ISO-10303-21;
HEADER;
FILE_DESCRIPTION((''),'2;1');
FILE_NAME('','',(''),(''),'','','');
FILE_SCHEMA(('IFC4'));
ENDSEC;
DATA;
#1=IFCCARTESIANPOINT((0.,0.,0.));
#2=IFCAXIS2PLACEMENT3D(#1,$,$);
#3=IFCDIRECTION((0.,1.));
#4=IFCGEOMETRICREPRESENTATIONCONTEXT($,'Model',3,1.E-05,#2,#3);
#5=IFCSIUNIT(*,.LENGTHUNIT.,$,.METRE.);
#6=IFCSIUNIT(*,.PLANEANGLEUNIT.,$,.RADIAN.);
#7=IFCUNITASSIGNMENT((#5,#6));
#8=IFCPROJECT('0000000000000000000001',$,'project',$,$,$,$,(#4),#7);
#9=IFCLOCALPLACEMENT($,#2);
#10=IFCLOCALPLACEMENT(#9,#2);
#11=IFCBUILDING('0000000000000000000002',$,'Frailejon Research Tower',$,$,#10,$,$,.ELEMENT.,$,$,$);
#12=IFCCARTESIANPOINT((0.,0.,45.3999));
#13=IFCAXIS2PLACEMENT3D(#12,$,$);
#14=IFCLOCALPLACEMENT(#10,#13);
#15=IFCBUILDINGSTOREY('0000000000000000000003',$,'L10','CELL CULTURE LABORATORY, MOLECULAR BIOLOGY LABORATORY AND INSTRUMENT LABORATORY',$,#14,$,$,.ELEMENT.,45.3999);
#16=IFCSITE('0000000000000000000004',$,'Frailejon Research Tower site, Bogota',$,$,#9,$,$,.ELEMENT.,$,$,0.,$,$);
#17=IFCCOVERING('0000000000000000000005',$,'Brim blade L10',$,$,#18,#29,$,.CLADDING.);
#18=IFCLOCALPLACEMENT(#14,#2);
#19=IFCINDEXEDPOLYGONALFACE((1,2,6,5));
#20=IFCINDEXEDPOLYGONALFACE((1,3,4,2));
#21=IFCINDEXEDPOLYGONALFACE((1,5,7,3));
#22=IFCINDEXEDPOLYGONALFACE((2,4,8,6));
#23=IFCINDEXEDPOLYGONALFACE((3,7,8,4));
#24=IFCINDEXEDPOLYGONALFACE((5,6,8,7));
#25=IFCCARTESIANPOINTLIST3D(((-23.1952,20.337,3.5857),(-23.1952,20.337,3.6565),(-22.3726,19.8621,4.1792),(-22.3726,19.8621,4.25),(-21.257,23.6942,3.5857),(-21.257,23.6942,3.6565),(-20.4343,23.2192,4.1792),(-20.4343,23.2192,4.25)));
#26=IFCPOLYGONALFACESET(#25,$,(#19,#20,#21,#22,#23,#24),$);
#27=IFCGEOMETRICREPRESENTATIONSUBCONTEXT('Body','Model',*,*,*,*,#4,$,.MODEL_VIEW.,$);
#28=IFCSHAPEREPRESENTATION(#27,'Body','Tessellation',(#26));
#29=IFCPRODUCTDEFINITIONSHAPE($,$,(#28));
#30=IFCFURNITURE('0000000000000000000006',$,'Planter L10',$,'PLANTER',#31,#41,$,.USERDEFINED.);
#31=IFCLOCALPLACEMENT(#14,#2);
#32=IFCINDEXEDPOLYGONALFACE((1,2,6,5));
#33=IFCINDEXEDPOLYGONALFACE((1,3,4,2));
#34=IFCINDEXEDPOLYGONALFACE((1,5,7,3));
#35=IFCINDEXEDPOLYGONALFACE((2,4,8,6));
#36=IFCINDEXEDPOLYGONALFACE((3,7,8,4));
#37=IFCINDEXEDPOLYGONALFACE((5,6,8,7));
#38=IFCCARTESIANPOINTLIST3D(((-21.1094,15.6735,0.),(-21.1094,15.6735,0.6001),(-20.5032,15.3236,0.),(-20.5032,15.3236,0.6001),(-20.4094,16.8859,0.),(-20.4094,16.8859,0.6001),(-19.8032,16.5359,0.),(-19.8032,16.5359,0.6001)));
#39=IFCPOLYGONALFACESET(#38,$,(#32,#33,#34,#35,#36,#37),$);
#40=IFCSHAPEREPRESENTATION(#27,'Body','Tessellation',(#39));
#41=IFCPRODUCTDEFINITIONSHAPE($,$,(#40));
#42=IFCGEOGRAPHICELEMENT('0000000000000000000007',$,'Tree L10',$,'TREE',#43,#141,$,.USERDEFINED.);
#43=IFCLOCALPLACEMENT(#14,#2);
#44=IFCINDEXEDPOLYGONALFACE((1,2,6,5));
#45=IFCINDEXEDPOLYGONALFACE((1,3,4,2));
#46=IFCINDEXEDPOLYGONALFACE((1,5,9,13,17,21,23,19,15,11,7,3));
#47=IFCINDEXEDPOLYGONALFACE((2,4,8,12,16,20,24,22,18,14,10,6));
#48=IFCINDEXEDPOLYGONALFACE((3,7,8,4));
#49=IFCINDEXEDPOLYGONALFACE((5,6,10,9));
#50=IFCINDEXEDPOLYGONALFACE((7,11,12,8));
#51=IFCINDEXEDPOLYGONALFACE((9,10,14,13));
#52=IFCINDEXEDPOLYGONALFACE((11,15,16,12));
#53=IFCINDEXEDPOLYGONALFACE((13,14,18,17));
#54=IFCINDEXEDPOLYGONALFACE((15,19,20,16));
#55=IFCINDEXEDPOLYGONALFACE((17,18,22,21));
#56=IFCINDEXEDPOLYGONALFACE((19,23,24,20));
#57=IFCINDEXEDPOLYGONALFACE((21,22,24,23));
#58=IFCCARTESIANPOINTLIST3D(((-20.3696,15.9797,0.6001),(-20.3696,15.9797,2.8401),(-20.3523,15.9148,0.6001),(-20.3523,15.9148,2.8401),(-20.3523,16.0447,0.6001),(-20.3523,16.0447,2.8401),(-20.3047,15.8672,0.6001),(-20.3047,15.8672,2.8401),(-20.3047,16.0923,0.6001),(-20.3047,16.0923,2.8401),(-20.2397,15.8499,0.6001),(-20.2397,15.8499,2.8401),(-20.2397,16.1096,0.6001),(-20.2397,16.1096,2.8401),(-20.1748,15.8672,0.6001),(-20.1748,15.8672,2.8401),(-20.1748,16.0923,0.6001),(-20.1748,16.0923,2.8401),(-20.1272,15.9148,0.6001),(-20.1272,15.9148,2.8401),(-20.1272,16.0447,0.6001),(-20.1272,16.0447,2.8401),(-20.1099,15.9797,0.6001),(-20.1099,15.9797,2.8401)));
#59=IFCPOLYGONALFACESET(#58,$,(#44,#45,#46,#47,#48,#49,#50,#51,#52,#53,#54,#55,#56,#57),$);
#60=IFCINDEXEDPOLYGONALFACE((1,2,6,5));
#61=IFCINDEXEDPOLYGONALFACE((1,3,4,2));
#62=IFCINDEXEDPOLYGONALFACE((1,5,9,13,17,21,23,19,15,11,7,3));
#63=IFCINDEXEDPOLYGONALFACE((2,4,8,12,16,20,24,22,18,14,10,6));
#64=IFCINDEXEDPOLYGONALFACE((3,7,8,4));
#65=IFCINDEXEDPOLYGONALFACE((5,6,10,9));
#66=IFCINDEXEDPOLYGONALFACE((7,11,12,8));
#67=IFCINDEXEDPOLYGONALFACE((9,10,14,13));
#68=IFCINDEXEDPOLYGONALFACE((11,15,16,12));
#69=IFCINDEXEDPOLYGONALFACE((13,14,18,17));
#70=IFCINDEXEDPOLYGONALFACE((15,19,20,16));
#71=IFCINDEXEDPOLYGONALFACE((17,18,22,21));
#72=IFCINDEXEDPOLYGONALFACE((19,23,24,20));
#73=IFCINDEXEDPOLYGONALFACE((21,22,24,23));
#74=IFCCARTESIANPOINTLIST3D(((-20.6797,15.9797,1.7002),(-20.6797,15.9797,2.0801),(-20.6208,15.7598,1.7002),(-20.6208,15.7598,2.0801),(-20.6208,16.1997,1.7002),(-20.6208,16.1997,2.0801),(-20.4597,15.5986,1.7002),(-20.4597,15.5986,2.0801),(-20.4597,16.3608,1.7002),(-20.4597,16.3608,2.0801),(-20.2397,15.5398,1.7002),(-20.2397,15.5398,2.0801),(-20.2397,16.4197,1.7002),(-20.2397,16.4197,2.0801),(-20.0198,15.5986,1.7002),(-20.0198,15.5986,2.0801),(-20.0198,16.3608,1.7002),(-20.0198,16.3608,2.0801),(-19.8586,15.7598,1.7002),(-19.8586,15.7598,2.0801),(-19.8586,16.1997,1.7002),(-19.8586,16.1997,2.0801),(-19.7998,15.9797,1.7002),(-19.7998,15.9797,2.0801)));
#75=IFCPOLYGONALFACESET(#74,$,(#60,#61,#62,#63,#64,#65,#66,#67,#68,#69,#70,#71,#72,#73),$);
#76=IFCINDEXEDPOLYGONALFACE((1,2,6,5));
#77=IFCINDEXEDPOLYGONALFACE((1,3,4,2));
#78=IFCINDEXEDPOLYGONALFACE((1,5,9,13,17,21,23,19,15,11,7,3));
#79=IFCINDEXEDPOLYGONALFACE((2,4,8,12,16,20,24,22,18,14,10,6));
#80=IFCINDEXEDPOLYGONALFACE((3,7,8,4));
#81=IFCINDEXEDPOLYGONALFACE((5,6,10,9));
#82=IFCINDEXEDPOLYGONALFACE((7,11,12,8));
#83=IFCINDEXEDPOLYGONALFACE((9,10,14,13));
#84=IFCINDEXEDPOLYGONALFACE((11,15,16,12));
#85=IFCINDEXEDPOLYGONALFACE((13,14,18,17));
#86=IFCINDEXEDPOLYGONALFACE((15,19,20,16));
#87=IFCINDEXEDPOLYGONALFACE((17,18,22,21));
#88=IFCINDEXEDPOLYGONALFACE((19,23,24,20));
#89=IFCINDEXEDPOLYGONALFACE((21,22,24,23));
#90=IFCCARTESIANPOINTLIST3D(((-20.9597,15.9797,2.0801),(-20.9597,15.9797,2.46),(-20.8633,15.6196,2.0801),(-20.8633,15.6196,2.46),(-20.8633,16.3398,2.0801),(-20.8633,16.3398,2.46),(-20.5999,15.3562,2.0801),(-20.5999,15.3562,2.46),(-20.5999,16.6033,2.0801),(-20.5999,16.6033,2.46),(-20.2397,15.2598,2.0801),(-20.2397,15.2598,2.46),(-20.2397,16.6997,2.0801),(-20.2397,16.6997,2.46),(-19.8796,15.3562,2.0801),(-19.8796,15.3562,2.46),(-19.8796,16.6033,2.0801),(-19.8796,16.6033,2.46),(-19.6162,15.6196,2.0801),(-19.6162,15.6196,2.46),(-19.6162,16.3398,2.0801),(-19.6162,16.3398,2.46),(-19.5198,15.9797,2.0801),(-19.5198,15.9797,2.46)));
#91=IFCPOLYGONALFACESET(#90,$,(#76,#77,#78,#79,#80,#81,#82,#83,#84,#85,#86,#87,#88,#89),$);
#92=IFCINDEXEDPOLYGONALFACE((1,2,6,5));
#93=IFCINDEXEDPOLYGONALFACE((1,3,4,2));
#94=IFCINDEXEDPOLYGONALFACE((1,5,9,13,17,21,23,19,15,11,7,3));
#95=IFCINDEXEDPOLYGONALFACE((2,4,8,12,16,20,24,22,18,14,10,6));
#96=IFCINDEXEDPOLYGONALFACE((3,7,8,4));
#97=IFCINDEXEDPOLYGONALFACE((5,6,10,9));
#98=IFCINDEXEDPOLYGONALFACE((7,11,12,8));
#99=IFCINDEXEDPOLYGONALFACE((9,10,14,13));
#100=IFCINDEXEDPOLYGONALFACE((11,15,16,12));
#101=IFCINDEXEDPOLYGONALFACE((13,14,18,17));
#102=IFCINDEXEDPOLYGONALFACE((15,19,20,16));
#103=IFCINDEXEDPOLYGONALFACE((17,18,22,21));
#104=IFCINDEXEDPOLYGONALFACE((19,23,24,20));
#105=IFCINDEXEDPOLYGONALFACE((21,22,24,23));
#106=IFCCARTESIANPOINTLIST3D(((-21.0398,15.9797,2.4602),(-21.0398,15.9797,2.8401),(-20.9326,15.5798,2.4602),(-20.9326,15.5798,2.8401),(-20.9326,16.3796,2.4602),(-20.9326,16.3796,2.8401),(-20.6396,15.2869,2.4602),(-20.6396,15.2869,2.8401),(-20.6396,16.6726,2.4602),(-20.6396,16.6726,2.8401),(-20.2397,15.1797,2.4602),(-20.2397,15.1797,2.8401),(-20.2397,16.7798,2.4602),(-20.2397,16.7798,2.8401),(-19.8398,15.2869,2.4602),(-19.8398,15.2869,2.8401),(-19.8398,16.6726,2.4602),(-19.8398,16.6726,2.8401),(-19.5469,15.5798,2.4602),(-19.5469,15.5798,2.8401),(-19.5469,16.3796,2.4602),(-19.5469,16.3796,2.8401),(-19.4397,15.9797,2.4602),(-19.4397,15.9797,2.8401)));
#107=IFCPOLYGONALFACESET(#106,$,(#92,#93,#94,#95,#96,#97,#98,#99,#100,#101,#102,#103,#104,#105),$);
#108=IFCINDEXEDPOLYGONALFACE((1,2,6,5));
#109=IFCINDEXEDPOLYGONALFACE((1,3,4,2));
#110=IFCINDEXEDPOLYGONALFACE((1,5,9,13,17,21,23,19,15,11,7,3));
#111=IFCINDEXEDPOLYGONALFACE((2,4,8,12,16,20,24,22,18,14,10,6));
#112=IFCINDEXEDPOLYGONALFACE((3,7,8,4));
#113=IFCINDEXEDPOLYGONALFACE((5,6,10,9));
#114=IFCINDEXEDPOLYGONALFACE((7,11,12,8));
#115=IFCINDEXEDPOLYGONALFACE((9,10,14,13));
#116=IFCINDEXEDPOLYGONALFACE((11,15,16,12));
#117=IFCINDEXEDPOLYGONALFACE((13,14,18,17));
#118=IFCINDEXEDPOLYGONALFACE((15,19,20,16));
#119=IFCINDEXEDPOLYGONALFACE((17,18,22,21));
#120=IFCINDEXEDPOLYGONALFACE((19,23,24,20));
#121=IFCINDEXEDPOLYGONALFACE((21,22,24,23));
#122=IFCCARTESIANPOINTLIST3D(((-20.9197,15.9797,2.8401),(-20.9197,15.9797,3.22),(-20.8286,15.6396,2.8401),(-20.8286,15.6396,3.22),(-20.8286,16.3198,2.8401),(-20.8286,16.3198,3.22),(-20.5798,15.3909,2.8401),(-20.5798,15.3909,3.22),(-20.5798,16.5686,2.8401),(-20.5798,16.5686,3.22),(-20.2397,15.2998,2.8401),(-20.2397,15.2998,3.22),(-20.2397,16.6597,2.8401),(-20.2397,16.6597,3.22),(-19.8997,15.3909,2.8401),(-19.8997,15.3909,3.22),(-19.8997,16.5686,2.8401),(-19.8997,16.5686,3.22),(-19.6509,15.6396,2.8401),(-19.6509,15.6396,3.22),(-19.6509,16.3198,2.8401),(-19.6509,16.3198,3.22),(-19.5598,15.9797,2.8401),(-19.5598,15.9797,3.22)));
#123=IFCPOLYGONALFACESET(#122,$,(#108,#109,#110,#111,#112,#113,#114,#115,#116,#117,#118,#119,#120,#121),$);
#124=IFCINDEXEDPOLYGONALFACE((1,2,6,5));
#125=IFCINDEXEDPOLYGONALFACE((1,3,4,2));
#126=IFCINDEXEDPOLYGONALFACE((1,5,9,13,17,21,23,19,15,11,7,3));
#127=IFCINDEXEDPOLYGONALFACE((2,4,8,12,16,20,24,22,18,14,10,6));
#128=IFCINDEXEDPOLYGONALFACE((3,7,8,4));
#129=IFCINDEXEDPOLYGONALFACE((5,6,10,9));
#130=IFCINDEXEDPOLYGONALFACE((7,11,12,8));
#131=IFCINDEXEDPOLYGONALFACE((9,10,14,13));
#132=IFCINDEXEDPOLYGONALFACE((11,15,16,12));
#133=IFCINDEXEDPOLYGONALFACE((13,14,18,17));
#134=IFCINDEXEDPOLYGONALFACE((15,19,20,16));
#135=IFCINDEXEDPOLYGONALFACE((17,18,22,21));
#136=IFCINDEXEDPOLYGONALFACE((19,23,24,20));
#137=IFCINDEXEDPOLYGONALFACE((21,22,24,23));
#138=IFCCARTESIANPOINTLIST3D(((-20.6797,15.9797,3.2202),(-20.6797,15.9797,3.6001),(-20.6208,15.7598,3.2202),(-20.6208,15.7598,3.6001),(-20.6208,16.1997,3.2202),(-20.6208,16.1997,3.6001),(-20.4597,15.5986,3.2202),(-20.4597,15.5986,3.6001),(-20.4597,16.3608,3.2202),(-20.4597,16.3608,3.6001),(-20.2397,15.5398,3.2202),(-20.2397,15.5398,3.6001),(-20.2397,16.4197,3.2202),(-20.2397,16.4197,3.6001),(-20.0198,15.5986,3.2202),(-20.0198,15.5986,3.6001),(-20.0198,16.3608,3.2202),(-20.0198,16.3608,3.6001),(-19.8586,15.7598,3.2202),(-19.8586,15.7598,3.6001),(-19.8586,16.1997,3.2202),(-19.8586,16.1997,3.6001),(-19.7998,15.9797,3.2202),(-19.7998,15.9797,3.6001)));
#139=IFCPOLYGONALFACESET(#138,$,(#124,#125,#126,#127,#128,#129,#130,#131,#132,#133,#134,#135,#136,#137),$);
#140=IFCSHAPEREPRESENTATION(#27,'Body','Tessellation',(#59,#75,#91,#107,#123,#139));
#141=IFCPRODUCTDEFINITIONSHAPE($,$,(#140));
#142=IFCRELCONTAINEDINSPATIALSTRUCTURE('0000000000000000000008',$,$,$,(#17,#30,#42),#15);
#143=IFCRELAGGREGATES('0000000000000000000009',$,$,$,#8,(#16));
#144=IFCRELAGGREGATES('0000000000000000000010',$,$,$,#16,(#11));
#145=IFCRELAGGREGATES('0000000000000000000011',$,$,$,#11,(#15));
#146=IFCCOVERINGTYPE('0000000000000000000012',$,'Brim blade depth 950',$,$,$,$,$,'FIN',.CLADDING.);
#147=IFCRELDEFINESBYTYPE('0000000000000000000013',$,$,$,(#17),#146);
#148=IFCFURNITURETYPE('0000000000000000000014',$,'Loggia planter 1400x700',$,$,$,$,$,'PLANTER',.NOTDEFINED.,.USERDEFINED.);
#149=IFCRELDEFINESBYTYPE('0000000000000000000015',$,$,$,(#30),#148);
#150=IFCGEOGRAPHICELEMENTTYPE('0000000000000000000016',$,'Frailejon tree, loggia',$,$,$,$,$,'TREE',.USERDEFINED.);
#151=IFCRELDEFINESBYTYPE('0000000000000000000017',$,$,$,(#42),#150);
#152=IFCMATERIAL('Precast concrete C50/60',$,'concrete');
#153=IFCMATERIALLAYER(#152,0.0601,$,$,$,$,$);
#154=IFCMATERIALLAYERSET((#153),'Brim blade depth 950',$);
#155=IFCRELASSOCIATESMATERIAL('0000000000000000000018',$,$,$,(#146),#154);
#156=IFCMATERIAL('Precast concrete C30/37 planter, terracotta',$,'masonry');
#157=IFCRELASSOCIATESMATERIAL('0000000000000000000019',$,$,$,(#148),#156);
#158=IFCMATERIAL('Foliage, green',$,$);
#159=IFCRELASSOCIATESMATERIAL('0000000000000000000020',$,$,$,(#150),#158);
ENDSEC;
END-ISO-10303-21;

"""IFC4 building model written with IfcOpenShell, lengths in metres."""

from ifc_helpers import new_model, si_unit, direction, frame, origin, origin_2d, place, context, subcontext, project, spatial, polyline, rectangle, outline, extrude, material, layer, layer_set, type_object, element, save


model = new_model("IFC4")

# Units and contexts
model_context = context("Model", 3, precision=1e-05, world=origin(), true_north=direction((0.0, 1.0)))
body_context = subcontext(model_context, "Body", "Model", "MODEL_VIEW")
ifc_project = project(units=[si_unit("LENGTHUNIT", "METRE"), si_unit("PLANEANGLEUNIT", "RADIAN")], contexts=[model_context])

# Site, building, storey
site_placement = place(None, origin())
site = spatial("IfcSite", under=ifc_project, at=site_placement, Name="Frailejon Research Tower site, Bogota", CompositionType="ELEMENT", RefElevation=0.0)
building_placement = place(site_placement, origin())
building = spatial("IfcBuilding", under=site, at=building_placement, Name="Frailejon Research Tower", CompositionType="ELEMENT")
storey_placement = place(building_placement, frame((0.0, 0.0, 45.3999)))
storey = spatial("IfcBuildingStorey", under=building, at=storey_placement, Name="L10", Description="CELL CULTURE LABORATORY, MOLECULAR BIOLOGY LABORATORY AND INSTRUMENT LABORATORY", CompositionType="ELEMENT", Elevation=45.3999)

# Covering
ifc_material_1 = material(Name="Precast concrete C50/60", Category="concrete")
ifc_layer_1 = layer(ifc_material_1, 0.0601)
ifc_layer_set_1 = layer_set([ifc_layer_1], Name="Brim blade depth 950")
covering_type_1 = type_object("IfcCoveringType", Name="Brim blade depth 950", ElementType="FIN", PredefinedType="CLADDING", material=ifc_layer_set_1)
covering_1_placement = place(storey_placement, frame((-22.3726, 19.8621, 4.25), z_axis=(0.499996, 0.866028, 0.0), x_axis=(-0.866028, 0.499996, 0.0)))
element("IfcCovering", 1, at=covering_1_placement, inside=storey, type_object=covering_type_1, Name="Brim blade L10", PredefinedType="CLADDING", context=body_context, shape_type="SweptSolid", body=[
    extrude(outline(polyline([(0.0, -0.0708), (0.95, -0.6643), (0.95, -0.5935), (0.0, 0.0), (0.0, -0.0708)])), origin(), (0.0, 0.0, 1.0), 3.8765),
])

# Furniture
ifc_material_2 = material(Name="Precast concrete C30/37 planter, terracotta", Category="masonry")
furniture_type = type_object("IfcFurnitureType", Name="Loggia planter 1400x700", ElementType="PLANTER", AssemblyPlace="NOTDEFINED", PredefinedType="USERDEFINED", material=ifc_material_2)
furniture_placement = place(storey_placement, frame((-20.4563, 16.1047, 0.0), z_axis=(0.0, 0.0, 1.0), x_axis=(-0.5, -0.866025, 0.0)))
element("IfcFurniture", 2, at=furniture_placement, inside=storey, type_object=furniture_type, Name="Planter L10", ObjectType="PLANTER", PredefinedType="USERDEFINED", context=body_context, shape_type="SweptSolid", body=[
    extrude(rectangle(XDim=1.3999, YDim=0.7, at=origin_2d()), origin(), (0.0, 0.0, 1.0), 0.6001),
])

# Geographic element
ifc_material_3 = material(Name="Foliage, green")
geographic_element_type = type_object("IfcGeographicElementType", Name="Frailejon tree, loggia", ElementType="TREE", PredefinedType="USERDEFINED", material=ifc_material_3)
geographic_element_placement = place(storey_placement, frame((-20.2397, 15.9797, 0.6001)))
element("IfcGeographicElement", 3, at=geographic_element_placement, inside=storey, type_object=geographic_element_type, Name="Tree L10", ObjectType="TREE", PredefinedType="USERDEFINED", context=body_context, shape_type="SweptSolid", body=[
    extrude(outline(polyline([(0.1299, 0.0), (0.1125, 0.0649), (0.0649, 0.1125), (0.0, 0.1299), (-0.0649, 0.1125), (-0.1125, 0.0649), (-0.1299, 0.0), (-0.1125, -0.0649), (-0.0649, -0.1125), (0.0, -0.1299), (0.0649, -0.1125), (0.1125, -0.0649), (0.1299, 0.0)])), origin(), (0.0, 0.0, 1.0), 2.24),
    extrude(outline(polyline([(0.4399, 0.0), (0.3811, 0.22), (0.22, 0.3811), (0.0, 0.4399), (-0.22, 0.3811), (-0.3811, 0.22), (-0.4399, 0.0), (-0.3811, -0.22), (-0.22, -0.3811), (0.0, -0.4399), (0.22, -0.3811), (0.3811, -0.22), (0.4399, 0.0)])), frame((0.0, 0.0, 1.1001)), (0.0, 0.0, 1.0), 0.3799),
    extrude(outline(polyline([(0.72, 0.0), (0.6235, 0.3601), (0.3601, 0.6235), (0.0, 0.72), (-0.3601, 0.6235), (-0.6235, 0.3601), (-0.72, 0.0), (-0.6235, -0.3601), (-0.3601, -0.6235), (0.0, -0.72), (0.3601, -0.6235), (0.6235, -0.3601), (0.72, 0.0)])), frame((0.0, 0.0, 1.48)), (0.0, 0.0, 1.0), 0.3799),
    extrude(outline(polyline([(0.8, 0.0), (0.6929, 0.3999), (0.3999, 0.6929), (0.0, 0.8), (-0.3999, 0.6929), (-0.6929, 0.3999), (-0.8, 0.0), (-0.6929, -0.3999), (-0.3999, -0.6929), (0.0, -0.8), (0.3999, -0.6929), (0.6929, -0.3999), (0.8, 0.0)])), frame((0.0, 0.0, 1.8601)), (0.0, 0.0, 1.0), 0.3799),
    extrude(outline(polyline([(0.6799, 0.0), (0.5889, 0.3401), (0.3401, 0.5889), (0.0, 0.6799), (-0.3401, 0.5889), (-0.5889, 0.3401), (-0.6799, 0.0), (-0.5889, -0.3401), (-0.3401, -0.5889), (0.0, -0.6799), (0.3401, -0.5889), (0.5889, -0.3401), (0.6799, 0.0)])), frame((0.0, 0.0, 2.24)), (0.0, 0.0, 1.0), 0.3799),
    extrude(outline(polyline([(0.4399, 0.0), (0.3811, 0.22), (0.22, 0.3811), (0.0, 0.4399), (-0.22, 0.3811), (-0.3811, 0.22), (-0.4399, 0.0), (-0.3811, -0.22), (-0.22, -0.3811), (0.0, -0.4399), (0.22, -0.3811), (0.3811, -0.22), (0.4399, 0.0)])), frame((0.0, 0.0, 2.6201)), (0.0, 0.0, 1.0), 0.3799),
])

save(model, "model.ifc")
